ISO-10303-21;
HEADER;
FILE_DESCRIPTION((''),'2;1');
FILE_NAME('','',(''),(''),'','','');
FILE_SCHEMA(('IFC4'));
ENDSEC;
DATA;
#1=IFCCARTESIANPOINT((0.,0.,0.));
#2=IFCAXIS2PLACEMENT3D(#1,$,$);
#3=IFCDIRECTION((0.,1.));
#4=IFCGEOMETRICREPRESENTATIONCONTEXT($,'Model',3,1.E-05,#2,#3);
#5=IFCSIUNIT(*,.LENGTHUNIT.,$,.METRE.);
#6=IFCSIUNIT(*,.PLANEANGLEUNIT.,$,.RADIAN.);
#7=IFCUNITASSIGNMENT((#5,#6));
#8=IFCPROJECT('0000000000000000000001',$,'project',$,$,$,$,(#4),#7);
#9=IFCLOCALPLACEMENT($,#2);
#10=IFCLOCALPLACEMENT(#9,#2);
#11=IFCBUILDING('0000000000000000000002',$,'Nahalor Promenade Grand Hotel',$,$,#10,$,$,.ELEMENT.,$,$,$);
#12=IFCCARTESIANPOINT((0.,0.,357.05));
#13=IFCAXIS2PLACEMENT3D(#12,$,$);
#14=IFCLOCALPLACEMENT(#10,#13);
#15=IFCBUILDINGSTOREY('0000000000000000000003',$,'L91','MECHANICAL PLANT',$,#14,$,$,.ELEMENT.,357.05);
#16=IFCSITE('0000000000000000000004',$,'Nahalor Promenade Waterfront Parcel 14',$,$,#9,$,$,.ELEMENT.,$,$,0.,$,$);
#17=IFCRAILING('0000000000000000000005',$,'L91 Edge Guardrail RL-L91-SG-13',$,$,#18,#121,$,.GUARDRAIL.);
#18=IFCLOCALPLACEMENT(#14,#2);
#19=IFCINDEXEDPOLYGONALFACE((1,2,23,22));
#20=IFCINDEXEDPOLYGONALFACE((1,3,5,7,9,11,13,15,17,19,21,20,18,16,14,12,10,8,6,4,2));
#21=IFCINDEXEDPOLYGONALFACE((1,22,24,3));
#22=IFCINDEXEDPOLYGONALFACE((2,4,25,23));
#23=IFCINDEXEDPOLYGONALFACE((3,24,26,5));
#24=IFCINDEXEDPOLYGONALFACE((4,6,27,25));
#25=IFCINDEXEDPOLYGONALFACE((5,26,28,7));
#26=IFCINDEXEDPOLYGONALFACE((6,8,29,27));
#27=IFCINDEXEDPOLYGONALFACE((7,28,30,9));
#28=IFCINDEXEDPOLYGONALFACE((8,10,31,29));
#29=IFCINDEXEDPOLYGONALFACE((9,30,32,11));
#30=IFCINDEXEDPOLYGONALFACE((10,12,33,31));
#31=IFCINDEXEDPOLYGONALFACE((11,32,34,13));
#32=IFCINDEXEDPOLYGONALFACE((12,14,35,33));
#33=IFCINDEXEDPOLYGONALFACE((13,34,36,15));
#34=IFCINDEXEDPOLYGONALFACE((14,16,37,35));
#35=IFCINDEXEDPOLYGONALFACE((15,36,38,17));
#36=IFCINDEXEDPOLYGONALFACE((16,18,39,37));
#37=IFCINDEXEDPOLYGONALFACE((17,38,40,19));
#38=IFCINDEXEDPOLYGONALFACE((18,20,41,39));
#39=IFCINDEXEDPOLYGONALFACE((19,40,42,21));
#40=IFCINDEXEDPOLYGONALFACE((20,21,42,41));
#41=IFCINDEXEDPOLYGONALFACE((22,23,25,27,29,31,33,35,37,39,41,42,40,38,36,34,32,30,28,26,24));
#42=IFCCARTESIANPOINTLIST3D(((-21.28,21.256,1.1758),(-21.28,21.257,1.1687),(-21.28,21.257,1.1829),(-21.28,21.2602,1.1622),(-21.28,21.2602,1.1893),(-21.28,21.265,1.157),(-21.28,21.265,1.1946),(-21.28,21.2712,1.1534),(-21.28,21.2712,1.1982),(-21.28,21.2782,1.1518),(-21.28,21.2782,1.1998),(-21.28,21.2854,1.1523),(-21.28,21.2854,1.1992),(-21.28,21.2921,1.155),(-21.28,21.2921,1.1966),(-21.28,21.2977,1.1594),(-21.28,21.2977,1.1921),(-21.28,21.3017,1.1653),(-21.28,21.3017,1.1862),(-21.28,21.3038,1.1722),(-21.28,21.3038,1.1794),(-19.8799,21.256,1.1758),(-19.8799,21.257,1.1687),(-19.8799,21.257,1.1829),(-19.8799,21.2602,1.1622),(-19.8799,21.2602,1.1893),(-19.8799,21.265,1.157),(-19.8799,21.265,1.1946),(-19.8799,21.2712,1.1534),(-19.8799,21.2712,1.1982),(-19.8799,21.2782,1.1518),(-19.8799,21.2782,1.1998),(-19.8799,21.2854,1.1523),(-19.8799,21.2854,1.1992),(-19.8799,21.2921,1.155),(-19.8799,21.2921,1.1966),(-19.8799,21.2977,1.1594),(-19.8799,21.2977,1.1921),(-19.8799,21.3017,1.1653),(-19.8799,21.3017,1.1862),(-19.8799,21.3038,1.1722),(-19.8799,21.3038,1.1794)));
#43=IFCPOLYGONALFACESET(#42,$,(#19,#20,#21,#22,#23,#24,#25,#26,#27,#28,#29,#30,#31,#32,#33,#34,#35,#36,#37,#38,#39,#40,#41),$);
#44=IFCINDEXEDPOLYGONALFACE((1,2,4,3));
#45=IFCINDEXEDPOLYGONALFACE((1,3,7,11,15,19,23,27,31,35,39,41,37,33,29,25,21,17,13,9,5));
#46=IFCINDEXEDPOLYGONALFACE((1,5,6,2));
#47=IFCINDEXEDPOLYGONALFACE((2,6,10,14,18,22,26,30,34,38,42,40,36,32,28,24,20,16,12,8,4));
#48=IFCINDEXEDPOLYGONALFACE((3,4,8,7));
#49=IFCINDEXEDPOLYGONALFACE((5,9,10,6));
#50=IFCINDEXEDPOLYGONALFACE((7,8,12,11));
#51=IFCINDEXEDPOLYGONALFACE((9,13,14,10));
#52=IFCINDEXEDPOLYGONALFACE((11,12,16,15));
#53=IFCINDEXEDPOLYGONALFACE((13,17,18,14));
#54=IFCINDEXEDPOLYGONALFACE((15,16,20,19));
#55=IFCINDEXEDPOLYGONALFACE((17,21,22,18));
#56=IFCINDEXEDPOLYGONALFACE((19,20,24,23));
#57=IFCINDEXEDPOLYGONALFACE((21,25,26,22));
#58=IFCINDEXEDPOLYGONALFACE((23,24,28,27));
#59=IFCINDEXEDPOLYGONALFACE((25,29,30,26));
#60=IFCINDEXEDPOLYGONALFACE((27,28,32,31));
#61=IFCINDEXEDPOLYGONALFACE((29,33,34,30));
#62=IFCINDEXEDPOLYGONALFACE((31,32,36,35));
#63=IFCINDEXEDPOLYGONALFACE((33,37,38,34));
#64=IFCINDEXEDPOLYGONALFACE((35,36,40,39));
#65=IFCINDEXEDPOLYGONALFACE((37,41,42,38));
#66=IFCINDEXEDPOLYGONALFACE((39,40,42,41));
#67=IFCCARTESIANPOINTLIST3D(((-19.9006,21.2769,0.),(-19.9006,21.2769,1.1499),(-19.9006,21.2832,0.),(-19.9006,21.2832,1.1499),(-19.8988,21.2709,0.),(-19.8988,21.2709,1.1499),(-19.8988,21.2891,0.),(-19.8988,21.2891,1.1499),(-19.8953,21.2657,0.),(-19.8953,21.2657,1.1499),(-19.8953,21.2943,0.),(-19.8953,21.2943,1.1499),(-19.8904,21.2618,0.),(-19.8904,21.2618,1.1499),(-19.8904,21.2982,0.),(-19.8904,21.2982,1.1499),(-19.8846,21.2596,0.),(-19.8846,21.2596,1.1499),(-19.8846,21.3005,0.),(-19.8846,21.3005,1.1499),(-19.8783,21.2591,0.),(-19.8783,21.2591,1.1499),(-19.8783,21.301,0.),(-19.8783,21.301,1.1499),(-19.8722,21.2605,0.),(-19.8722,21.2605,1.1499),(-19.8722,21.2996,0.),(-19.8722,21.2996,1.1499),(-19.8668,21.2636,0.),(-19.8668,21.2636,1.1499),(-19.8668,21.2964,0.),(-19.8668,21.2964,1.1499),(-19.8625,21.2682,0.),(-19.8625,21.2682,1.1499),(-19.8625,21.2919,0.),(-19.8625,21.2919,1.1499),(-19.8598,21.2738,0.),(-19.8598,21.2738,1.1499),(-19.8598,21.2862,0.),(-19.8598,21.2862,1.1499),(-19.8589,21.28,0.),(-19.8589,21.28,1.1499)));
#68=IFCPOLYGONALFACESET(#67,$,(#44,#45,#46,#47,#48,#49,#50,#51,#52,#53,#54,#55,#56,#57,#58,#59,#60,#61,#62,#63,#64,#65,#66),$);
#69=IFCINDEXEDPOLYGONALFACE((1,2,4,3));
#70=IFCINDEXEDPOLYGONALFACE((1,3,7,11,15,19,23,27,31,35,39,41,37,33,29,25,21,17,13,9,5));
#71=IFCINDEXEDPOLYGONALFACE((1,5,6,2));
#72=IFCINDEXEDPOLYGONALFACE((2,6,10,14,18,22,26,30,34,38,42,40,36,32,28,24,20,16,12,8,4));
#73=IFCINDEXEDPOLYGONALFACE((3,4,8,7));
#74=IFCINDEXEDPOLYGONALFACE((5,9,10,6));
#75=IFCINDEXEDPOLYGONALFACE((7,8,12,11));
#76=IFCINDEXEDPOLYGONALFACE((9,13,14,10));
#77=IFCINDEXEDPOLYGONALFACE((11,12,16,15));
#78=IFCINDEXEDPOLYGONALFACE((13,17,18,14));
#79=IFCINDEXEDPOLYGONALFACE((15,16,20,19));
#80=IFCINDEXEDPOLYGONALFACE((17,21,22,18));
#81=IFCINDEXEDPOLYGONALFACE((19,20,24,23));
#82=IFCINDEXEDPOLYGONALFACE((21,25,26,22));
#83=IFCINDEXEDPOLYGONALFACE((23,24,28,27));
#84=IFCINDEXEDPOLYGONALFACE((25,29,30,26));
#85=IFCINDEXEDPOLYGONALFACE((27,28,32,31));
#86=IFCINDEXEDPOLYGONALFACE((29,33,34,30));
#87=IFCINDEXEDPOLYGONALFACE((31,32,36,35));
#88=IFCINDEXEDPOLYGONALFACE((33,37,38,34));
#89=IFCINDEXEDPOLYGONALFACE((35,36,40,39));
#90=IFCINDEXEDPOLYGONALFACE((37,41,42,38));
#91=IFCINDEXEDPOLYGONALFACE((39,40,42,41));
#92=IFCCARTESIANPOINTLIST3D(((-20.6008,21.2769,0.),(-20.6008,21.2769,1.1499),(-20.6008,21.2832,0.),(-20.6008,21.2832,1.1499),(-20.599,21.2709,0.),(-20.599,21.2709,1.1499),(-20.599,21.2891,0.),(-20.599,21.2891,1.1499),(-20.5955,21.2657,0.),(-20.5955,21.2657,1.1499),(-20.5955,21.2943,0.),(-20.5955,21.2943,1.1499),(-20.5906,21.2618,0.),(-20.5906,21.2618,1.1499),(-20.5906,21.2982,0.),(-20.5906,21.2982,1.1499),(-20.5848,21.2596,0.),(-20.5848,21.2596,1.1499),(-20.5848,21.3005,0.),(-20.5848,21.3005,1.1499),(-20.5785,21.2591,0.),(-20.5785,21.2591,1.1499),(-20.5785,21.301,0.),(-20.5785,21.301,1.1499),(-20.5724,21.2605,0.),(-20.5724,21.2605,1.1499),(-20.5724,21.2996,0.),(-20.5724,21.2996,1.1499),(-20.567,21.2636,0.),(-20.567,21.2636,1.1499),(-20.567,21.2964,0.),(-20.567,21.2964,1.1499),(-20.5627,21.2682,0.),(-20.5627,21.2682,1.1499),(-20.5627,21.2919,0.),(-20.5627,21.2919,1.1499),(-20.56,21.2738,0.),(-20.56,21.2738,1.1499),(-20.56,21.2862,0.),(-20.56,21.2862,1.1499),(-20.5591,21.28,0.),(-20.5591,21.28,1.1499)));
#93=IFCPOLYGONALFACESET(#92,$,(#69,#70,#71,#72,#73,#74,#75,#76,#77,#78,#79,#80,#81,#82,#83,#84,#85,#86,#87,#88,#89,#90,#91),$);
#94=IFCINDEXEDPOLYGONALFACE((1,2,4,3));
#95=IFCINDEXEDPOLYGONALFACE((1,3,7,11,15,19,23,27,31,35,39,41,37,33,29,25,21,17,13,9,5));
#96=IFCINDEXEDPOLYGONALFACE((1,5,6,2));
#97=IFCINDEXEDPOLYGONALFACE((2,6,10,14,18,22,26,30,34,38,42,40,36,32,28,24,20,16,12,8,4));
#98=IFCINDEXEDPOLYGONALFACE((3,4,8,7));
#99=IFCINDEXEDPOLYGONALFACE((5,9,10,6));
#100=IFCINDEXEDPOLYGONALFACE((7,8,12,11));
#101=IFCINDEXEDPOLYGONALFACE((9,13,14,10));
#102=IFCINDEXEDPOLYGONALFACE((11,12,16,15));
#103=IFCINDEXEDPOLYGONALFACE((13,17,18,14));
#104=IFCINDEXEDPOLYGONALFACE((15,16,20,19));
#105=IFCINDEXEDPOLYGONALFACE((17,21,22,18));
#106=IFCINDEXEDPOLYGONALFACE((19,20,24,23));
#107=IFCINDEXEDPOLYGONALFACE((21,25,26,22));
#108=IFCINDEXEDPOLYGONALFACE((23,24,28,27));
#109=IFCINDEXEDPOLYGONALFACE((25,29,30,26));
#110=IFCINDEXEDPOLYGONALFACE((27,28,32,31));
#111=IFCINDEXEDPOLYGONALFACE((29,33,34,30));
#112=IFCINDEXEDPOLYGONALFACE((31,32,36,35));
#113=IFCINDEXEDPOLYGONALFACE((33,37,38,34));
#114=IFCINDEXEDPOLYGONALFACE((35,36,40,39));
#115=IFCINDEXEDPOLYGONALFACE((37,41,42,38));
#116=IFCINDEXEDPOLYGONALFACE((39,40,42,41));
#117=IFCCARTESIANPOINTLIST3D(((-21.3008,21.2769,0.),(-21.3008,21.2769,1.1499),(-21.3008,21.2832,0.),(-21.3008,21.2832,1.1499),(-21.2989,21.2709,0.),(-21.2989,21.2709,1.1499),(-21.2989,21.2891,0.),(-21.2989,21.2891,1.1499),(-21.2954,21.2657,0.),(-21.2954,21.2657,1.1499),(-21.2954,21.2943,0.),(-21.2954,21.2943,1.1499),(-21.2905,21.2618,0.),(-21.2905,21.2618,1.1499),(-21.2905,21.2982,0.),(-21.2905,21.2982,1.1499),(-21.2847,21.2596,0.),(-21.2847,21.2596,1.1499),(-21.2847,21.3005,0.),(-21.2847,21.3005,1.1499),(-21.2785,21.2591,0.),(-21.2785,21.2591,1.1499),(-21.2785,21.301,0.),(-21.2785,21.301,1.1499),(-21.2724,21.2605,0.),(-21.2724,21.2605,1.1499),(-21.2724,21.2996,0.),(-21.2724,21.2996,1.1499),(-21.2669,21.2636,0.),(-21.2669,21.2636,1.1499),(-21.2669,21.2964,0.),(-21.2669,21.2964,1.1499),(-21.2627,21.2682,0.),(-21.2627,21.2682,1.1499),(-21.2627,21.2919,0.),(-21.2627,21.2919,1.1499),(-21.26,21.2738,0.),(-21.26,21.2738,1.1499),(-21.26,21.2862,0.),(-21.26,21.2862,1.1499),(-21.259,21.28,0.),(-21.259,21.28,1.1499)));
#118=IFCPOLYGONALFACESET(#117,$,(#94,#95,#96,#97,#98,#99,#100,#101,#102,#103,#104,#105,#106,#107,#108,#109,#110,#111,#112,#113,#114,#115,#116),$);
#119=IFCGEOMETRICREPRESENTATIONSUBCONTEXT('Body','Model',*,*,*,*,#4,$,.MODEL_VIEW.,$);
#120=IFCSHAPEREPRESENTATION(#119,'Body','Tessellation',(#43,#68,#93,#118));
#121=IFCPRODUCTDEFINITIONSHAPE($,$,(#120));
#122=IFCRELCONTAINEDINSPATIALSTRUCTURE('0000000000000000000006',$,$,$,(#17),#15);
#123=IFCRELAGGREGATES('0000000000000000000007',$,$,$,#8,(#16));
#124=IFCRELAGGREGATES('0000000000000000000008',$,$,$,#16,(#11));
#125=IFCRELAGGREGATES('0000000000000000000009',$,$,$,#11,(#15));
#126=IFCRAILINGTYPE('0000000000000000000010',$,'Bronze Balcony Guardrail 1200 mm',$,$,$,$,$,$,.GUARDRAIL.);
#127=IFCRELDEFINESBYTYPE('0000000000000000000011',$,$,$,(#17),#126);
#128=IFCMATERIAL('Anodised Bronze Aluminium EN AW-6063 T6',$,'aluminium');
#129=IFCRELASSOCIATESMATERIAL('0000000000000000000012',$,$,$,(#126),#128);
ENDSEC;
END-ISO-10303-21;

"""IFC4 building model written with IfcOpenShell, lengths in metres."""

from ifc_helpers import new_model, si_unit, direction, frame, origin, origin_2d, place, context, subcontext, project, spatial, circle, extrude, material, type_object, element, save


model = new_model("IFC4")

# Units and contexts
model_context = context("Model", 3, precision=1e-05, world=origin(), true_north=direction((0.0, 1.0)))
body_context = subcontext(model_context, "Body", "Model", "MODEL_VIEW")
ifc_project = project(units=[si_unit("LENGTHUNIT", "METRE"), si_unit("PLANEANGLEUNIT", "RADIAN")], contexts=[model_context])

# Site, building, storey
site_placement = place(None, origin())
site = spatial("IfcSite", under=ifc_project, at=site_placement, Name="Nahalor Promenade Waterfront Parcel 14", CompositionType="ELEMENT", RefElevation=0.0)
building_placement = place(site_placement, origin())
building = spatial("IfcBuilding", under=site, at=building_placement, Name="Nahalor Promenade Grand Hotel", CompositionType="ELEMENT")
storey_placement = place(building_placement, frame((0.0, 0.0, 357.05)))
storey = spatial("IfcBuildingStorey", under=building, at=storey_placement, Name="L91", Description="MECHANICAL PLANT", CompositionType="ELEMENT", Elevation=357.05)

# Shared definitions
ifc_material_1 = material(Name="Anodised Bronze Aluminium EN AW-6063 T6", Category="aluminium")

# Railing
railing_type = type_object("IfcRailingType", Name="Bronze Balcony Guardrail 1200 mm", PredefinedType="GUARDRAIL", material=ifc_material_1)
railing_1_placement = place(storey_placement, frame((-19.8799, 21.28, 0.0)))
element("IfcRailing", 1, at=railing_1_placement, inside=storey, type_object=railing_type, Name="L91 Edge Guardrail RL-L91-SG-13", PredefinedType="GUARDRAIL", context=body_context, shape_type="SweptSolid", body=[
    extrude(circle(Radius=0.024, at=origin_2d()), frame((0.0, 0.0, 1.1758), z_axis=(-1.0, 0.0, 0.0), x_axis=(0.0, -1.0, 0.0)), (0.0, 0.0, 1.0), 1.4001),
    extrude(circle(Radius=0.021, at=origin_2d()), origin(), (0.0, 0.0, 1.0), 1.1499),
    extrude(circle(Radius=0.021, at=origin_2d()), frame((-0.7002, 0.0, 0.0)), (0.0, 0.0, 1.0), 1.1499),
    extrude(circle(Radius=0.021, at=origin_2d()), frame((-1.4001, 0.0, 0.0)), (0.0, 0.0, 1.0), 1.1499),
])

save(model, "model.ifc")
